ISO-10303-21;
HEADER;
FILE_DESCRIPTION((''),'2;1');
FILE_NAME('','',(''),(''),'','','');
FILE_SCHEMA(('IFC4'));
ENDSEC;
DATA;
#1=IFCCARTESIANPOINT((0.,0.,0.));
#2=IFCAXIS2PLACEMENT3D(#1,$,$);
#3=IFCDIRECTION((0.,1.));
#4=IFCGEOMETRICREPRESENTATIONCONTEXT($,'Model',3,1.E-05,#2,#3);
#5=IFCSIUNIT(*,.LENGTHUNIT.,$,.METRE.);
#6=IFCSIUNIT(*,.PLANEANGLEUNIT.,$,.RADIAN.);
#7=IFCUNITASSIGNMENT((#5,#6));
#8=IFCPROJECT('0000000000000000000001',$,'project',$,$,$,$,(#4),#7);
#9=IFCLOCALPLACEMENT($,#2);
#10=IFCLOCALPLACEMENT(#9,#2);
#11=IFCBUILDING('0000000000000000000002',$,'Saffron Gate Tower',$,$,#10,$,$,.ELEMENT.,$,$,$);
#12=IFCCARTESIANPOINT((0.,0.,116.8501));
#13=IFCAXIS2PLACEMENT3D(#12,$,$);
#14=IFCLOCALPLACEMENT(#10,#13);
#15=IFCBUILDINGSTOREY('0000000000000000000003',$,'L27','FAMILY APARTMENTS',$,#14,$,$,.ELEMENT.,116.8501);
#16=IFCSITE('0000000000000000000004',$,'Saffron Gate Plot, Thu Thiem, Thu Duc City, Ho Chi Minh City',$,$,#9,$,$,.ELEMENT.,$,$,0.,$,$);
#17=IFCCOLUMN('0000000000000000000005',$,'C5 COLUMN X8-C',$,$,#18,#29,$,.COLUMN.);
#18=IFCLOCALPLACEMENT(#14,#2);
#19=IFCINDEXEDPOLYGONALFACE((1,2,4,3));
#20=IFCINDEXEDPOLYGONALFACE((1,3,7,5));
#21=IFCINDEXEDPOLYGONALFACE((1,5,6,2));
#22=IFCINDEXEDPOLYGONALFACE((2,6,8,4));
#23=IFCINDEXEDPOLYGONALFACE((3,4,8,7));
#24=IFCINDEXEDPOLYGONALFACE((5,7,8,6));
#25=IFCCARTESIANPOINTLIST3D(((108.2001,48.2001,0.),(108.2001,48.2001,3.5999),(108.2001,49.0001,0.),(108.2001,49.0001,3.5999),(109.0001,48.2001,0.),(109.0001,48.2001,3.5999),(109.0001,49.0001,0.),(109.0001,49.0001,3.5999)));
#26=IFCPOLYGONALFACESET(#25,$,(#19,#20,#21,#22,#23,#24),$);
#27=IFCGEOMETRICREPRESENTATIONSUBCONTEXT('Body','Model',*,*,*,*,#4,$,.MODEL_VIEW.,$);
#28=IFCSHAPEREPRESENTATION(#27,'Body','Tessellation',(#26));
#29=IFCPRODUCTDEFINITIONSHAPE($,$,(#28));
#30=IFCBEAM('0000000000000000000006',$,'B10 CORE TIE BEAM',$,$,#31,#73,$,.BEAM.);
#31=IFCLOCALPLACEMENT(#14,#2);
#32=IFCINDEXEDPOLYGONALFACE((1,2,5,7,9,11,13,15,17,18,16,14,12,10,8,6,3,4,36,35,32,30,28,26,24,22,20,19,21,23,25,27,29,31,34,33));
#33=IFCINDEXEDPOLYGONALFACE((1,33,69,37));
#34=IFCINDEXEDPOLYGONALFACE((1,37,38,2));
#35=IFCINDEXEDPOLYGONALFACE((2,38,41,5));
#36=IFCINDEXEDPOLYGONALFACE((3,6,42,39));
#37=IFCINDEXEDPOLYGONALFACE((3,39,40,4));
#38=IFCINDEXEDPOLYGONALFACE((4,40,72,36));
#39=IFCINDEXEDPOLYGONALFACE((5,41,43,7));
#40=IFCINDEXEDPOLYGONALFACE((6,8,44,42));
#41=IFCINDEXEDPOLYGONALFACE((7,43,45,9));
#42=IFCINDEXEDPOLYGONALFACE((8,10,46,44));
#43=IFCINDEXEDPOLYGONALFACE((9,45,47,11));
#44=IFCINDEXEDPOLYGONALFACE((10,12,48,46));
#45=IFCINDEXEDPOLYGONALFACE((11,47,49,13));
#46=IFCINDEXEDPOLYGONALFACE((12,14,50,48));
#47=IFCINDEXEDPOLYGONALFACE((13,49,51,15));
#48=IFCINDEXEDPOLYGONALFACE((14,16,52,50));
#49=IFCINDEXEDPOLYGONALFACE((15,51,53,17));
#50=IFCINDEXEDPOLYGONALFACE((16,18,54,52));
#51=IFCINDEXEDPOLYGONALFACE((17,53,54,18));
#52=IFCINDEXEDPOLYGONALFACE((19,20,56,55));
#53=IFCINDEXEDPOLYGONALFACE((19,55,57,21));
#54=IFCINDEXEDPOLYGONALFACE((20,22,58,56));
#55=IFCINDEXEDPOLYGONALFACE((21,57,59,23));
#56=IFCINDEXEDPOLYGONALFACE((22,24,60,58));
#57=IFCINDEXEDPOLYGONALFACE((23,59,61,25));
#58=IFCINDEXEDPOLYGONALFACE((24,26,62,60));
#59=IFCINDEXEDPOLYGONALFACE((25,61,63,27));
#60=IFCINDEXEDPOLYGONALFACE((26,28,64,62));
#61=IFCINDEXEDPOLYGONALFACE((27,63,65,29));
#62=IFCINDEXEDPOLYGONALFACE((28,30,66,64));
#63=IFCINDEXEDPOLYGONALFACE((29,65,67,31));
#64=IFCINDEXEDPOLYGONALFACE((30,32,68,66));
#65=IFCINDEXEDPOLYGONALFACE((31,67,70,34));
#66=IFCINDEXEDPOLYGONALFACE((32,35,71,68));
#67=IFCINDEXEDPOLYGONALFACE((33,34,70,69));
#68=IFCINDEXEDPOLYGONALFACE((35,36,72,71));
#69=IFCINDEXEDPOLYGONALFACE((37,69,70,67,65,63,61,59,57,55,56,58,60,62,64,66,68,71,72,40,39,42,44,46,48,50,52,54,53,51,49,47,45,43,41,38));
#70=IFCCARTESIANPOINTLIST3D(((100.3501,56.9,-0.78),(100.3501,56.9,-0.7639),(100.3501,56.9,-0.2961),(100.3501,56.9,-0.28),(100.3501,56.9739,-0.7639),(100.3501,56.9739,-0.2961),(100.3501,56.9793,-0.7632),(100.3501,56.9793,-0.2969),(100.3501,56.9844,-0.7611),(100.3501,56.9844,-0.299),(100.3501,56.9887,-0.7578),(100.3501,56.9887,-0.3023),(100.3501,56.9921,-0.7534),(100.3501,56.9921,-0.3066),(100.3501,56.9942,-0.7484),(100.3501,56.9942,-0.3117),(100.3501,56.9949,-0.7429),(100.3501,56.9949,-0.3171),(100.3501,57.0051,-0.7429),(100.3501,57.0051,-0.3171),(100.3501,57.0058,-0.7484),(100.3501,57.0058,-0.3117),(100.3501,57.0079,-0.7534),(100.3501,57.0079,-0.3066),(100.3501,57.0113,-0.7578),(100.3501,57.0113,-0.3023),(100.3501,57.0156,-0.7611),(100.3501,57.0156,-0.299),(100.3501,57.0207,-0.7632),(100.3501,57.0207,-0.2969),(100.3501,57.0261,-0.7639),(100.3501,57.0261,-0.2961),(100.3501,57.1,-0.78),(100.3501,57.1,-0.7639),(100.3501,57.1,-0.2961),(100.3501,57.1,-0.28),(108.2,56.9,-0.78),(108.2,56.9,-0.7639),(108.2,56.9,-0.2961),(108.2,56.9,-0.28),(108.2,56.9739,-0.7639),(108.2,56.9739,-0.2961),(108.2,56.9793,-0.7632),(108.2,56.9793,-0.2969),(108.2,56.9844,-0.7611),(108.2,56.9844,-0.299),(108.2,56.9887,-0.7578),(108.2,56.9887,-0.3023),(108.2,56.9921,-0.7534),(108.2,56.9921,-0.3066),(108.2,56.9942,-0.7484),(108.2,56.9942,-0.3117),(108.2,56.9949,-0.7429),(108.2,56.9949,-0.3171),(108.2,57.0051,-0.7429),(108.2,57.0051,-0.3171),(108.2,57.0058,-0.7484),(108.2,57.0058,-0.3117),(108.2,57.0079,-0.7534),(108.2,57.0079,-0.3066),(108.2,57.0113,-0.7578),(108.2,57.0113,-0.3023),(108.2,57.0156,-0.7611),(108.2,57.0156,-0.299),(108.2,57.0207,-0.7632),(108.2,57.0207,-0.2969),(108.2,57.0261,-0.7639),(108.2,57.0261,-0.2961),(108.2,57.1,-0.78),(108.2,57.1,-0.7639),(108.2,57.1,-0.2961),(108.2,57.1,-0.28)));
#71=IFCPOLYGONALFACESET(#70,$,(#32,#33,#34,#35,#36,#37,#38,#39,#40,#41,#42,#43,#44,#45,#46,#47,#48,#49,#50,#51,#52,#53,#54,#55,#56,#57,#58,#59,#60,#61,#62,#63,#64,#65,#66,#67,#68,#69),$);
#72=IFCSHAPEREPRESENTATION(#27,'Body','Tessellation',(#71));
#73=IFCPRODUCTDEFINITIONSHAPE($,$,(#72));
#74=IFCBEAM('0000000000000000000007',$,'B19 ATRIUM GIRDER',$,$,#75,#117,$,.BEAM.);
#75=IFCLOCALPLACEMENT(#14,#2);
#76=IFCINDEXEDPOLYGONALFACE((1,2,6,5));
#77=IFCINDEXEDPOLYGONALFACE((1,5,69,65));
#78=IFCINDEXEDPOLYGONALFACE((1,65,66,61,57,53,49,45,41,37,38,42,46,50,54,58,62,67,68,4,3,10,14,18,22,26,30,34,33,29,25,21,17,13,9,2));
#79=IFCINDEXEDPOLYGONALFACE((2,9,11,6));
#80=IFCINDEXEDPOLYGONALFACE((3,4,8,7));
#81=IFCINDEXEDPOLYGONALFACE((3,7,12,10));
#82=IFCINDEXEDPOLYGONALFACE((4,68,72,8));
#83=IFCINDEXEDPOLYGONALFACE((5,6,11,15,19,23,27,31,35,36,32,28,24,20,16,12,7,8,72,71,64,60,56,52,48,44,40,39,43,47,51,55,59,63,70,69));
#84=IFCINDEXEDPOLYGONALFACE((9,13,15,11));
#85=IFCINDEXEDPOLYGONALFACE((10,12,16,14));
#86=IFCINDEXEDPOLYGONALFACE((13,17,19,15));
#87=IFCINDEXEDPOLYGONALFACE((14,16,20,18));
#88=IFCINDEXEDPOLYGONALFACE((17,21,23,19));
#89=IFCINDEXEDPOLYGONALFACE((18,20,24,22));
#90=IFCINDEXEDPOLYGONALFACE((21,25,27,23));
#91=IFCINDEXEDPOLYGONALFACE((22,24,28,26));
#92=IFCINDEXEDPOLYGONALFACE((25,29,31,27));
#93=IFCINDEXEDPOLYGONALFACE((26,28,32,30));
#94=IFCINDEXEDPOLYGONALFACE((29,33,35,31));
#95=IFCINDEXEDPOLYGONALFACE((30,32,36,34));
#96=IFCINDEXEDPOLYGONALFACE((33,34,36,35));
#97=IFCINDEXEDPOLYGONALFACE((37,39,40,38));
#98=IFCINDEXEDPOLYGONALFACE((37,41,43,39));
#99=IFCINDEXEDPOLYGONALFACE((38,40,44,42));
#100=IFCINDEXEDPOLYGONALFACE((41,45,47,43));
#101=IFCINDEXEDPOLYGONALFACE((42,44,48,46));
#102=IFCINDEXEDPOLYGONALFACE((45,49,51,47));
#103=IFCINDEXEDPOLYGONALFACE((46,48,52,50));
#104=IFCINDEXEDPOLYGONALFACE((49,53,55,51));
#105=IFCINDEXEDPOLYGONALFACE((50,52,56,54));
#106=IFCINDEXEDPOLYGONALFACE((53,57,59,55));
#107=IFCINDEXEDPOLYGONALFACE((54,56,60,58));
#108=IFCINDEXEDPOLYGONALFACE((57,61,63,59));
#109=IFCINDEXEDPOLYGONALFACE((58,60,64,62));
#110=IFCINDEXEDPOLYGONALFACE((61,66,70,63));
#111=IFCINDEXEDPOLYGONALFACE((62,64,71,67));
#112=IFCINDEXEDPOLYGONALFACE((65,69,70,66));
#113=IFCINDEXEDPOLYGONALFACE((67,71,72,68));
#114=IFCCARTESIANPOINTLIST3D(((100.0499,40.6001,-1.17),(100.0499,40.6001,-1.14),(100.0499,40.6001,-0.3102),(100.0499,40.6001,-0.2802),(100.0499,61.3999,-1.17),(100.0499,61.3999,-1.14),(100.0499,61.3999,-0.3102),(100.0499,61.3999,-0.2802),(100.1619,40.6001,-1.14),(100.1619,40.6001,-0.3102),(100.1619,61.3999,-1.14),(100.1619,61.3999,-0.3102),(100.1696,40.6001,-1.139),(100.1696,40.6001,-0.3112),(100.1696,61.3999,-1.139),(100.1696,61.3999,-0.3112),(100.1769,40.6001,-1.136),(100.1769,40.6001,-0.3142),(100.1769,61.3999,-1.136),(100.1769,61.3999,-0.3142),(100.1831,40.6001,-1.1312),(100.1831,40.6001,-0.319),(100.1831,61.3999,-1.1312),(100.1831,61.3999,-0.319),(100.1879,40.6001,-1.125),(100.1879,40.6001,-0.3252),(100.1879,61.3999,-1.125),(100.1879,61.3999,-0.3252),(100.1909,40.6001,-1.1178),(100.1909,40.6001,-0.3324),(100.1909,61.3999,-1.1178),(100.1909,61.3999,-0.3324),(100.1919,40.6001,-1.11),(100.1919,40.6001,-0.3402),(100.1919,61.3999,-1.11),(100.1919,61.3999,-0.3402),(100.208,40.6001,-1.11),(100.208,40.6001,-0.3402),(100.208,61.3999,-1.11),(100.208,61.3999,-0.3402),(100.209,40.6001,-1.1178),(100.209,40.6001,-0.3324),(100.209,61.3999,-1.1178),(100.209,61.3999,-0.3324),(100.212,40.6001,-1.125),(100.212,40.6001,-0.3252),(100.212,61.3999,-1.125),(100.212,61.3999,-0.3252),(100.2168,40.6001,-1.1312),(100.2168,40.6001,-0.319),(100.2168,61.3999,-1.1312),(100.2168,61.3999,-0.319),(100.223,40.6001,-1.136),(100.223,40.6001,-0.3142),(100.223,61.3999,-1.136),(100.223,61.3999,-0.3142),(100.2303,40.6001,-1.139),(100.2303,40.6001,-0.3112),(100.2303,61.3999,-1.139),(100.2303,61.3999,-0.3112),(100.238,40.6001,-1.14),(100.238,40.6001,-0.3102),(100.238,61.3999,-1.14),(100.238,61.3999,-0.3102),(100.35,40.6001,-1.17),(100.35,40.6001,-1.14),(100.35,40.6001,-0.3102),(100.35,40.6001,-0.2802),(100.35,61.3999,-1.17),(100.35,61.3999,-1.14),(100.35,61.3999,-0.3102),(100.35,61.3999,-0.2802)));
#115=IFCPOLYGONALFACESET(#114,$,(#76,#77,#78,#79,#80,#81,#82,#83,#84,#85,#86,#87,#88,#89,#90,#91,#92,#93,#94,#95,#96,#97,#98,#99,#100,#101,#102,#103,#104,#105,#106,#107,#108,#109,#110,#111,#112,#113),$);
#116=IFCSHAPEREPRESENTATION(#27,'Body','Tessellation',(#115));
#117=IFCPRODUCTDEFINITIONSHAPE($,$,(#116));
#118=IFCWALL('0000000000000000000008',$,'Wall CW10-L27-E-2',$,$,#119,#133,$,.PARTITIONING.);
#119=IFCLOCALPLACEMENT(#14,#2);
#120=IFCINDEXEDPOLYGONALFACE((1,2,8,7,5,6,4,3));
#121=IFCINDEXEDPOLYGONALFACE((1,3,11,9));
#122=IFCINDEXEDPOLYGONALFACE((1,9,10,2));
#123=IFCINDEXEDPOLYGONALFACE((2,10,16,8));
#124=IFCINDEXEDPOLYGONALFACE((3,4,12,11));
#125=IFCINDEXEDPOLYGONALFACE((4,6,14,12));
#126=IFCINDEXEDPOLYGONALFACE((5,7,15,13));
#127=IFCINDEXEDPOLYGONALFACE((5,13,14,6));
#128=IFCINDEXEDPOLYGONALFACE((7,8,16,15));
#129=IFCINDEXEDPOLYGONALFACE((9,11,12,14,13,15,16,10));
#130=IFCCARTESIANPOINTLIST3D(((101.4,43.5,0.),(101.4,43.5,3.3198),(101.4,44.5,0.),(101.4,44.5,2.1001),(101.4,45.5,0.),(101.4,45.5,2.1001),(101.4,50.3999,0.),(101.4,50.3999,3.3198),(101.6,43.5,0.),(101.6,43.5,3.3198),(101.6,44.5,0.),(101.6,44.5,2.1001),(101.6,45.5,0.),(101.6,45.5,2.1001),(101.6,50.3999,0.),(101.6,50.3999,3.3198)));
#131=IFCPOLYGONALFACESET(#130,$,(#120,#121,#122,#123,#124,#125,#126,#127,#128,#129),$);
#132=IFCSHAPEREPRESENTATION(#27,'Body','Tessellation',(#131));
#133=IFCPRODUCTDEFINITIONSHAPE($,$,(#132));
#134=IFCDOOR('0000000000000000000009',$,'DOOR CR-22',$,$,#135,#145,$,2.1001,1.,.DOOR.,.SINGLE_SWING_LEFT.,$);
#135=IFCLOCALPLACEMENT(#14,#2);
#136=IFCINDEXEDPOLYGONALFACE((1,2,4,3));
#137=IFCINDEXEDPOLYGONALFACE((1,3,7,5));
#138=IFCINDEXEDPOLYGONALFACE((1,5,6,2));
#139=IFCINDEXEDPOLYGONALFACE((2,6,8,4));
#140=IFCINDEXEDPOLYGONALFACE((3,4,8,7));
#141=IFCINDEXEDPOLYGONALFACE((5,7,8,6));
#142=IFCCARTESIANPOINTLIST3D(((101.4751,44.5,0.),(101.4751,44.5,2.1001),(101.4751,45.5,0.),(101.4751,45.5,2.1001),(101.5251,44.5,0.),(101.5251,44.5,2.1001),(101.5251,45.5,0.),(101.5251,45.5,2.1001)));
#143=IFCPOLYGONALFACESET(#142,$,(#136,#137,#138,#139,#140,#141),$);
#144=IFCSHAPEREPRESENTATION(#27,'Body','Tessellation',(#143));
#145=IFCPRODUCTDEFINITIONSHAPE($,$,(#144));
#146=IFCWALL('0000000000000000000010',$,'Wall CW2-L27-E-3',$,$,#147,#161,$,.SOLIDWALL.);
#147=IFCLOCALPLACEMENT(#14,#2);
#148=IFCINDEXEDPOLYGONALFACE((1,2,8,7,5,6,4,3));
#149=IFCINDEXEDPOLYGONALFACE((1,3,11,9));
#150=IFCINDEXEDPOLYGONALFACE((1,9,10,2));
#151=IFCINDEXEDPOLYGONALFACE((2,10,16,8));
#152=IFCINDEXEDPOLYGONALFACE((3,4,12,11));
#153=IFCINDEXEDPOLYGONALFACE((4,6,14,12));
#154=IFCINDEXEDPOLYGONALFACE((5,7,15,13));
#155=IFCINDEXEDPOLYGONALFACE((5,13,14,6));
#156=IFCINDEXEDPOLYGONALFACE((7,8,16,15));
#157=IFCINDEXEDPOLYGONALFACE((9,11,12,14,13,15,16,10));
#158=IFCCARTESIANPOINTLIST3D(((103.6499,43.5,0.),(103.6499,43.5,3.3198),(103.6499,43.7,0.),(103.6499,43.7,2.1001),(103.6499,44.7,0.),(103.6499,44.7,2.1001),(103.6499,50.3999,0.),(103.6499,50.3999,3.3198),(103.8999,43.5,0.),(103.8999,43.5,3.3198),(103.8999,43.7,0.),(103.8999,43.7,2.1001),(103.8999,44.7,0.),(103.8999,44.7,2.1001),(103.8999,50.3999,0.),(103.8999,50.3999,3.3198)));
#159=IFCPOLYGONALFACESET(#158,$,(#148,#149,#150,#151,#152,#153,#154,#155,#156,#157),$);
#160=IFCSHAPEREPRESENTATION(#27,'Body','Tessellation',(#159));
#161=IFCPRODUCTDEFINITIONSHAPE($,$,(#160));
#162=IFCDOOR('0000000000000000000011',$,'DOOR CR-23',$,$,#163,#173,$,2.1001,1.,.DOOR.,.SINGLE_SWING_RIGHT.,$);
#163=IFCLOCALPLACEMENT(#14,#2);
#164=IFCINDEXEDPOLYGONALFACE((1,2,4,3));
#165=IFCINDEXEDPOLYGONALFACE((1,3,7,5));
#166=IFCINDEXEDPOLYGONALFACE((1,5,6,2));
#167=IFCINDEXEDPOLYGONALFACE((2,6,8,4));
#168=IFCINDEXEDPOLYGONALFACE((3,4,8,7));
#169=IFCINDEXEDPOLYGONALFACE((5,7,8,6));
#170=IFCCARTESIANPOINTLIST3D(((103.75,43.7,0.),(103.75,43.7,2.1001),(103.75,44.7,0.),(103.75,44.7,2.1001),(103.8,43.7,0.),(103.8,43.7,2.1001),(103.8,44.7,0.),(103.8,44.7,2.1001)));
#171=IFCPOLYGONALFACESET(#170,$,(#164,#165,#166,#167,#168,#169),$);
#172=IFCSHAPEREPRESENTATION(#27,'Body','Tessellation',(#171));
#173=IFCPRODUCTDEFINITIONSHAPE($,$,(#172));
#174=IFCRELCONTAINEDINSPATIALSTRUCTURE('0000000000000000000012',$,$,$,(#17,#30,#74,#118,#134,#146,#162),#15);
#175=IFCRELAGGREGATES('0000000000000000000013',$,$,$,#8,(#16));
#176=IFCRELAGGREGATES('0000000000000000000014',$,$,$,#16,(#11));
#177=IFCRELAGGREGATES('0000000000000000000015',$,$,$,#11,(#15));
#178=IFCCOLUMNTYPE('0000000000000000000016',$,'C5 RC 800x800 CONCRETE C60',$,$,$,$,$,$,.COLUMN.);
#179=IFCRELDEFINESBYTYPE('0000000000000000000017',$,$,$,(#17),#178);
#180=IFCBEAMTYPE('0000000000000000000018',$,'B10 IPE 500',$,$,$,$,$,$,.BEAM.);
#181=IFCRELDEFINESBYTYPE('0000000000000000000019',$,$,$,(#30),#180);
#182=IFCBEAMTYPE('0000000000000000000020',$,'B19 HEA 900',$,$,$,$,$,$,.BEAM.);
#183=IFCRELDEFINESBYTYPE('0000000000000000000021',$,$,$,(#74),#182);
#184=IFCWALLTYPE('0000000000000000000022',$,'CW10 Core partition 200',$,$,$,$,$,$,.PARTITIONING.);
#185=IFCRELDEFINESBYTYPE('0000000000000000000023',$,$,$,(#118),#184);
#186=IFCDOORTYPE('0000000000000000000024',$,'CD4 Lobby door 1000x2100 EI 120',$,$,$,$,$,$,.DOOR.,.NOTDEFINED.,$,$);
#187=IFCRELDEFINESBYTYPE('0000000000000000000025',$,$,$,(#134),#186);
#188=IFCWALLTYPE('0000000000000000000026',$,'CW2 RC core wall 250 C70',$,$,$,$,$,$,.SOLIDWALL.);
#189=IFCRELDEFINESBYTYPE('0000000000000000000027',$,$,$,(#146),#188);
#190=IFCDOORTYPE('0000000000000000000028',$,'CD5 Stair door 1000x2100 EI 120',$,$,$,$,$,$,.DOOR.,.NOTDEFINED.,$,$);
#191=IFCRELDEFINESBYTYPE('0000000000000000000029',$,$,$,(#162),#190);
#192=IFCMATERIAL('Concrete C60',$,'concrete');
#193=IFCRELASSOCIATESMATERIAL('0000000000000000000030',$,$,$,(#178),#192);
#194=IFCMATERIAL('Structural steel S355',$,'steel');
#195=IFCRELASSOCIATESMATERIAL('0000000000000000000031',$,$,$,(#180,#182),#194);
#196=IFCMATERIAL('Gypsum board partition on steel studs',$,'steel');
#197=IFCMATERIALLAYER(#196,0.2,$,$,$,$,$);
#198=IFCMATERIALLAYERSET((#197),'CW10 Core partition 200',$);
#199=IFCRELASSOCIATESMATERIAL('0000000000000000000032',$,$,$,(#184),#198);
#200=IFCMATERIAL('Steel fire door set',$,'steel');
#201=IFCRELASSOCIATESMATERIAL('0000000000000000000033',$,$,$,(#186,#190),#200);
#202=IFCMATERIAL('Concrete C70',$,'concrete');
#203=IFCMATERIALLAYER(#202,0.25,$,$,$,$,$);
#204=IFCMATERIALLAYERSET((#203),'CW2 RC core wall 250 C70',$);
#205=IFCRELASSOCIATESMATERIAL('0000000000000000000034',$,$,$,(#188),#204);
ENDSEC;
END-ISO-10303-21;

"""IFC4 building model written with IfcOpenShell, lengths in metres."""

from ifc_helpers import new_model, si_unit, direction, frame, frame_2d, origin, origin_2d, place, context, subcontext, project, spatial, rectangle, i_section, extrude, material, layer, layer_set, material_profile, profile_set, type_object, element, fill, save


model = new_model("IFC4")

# Units and contexts
model_context = context("Model", 3, precision=1e-05, world=origin(), true_north=direction((0.0, 1.0)))
body_context = subcontext(model_context, "Body", "Model", "MODEL_VIEW")
ifc_project = project(units=[si_unit("LENGTHUNIT", "METRE"), si_unit("PLANEANGLEUNIT", "RADIAN")], contexts=[model_context])

# Site, building, storey
site_placement = place(None, origin())
site = spatial("IfcSite", under=ifc_project, at=site_placement, Name="Saffron Gate Plot, Thu Thiem, Thu Duc City, Ho Chi Minh City", CompositionType="ELEMENT", RefElevation=0.0)
building_placement = place(site_placement, origin())
building = spatial("IfcBuilding", under=site, at=building_placement, Name="Saffron Gate Tower", CompositionType="ELEMENT")
storey_placement = place(building_placement, frame((0.0, 0.0, 116.8501)))
storey = spatial("IfcBuildingStorey", under=building, at=storey_placement, Name="L27", Description="FAMILY APARTMENTS", CompositionType="ELEMENT", Elevation=116.8501)

# Column
ifc_material_1 = material(Name="Concrete C60", Category="concrete")
ifc_material_profile_1 = material_profile(ifc_material_1, rectangle(XDim=0.8, YDim=0.8, at=origin_2d()))
ifc_profile_set_1 = profile_set([ifc_material_profile_1], Name="Concrete C60")
column_type = type_object("IfcColumnType", Name="C5 RC 800x800 CONCRETE C60", PredefinedType="COLUMN", material=ifc_profile_set_1)
column_placement = place(storey_placement, frame((108.6001, 48.6001, 0.0), z_axis=(0.0, 0.0, 1.0), x_axis=(1.0, 0.0, 0.0)))
element("IfcColumn", 1, at=column_placement, inside=storey, type_object=column_type, Name="C5 COLUMN X8-C", PredefinedType="COLUMN", context=body_context, shape_type="SweptSolid", body=[
    extrude(rectangle(XDim=0.8, YDim=0.8, at=origin_2d()), origin(), (0.0, 0.0, 1.0), 3.5999),
])

# Beams
ifc_material_2 = material(Name="Structural steel S355", Category="steel")
ifc_material_profile_2 = material_profile(ifc_material_2, i_section(OverallWidth=0.2, OverallDepth=0.5, WebThickness=0.0103, FlangeThickness=0.0161, FilletRadius=0.021, at=origin_2d()))
ifc_profile_set_2 = profile_set([ifc_material_profile_2], Name="Structural steel S355")
beam_type_1 = type_object("IfcBeamType", Name="B10 IPE 500", PredefinedType="BEAM", material=ifc_profile_set_2)
beam_1_placement = place(storey_placement, frame((108.2, 57.0, -0.53), z_axis=(-1.0, 0.0, 0.0), x_axis=(0.0, -1.0, 0.0)))
element("IfcBeam", 2, at=beam_1_placement, inside=storey, type_object=beam_type_1, Name="B10 CORE TIE BEAM", PredefinedType="BEAM", context=body_context, shape_type="SweptSolid", body=[
    extrude(i_section(OverallWidth=0.2, OverallDepth=0.5, WebThickness=0.0103, FlangeThickness=0.0161, FilletRadius=0.021, at=origin_2d()), origin(), (0.0, 0.0, 1.0), 7.8499),
])
ifc_material_profile_3 = material_profile(ifc_material_2, i_section(OverallWidth=0.3, OverallDepth=0.8899, WebThickness=0.0161, FlangeThickness=0.03, FilletRadius=0.03, at=origin_2d()))
ifc_profile_set_3 = profile_set([ifc_material_profile_3], Name="Structural steel S355")
beam_type_2 = type_object("IfcBeamType", Name="B19 HEA 900", PredefinedType="BEAM", material=ifc_profile_set_3)
beam_2_placement = place(storey_placement, frame((100.2, 40.6001, -0.7251), z_axis=(0.0, 1.0, 0.0), x_axis=(-1.0, 0.0, 0.0)))
element("IfcBeam", 3, at=beam_2_placement, inside=storey, type_object=beam_type_2, Name="B19 ATRIUM GIRDER", PredefinedType="BEAM", context=body_context, shape_type="SweptSolid", body=[
    extrude(i_section(OverallWidth=0.3, OverallDepth=0.8899, WebThickness=0.0161, FlangeThickness=0.03, FilletRadius=0.03, at=origin_2d()), origin(), (0.0, 0.0, 1.0), 20.7998),
])

# Walls, openings, doors
ifc_material_3 = material(Name="Gypsum board partition on steel studs", Category="steel")
ifc_layer_1 = layer(ifc_material_3, 0.2)
ifc_layer_set_1 = layer_set([ifc_layer_1], Name="CW10 Core partition 200")
wall_type_1 = type_object("IfcWallType", Name="CW10 Core partition 200", PredefinedType="PARTITIONING", material=ifc_layer_set_1)
wall_1_placement = place(storey_placement, frame((101.5, 43.5, 0.0), z_axis=(0.0, 0.0, 1.0), x_axis=(0.0, 1.0, 0.0)))
wall_1 = element("IfcWall", 4, at=wall_1_placement, inside=storey, type_object=wall_type_1, Name="Wall CW10-L27-E-2", PredefinedType="PARTITIONING", context=body_context, shape_type="SweptSolid", body=[
    extrude(rectangle(XDim=6.8999, YDim=0.2, at=frame_2d((3.45, 0.0))), origin(), (0.0, 0.0, 1.0), 3.3198),
])
opening_1_placement = place(wall_1_placement, frame((1.0, 0.0, 0.0)))
opening_1 = element("IfcOpeningElement", 5, at=opening_1_placement, cuts=wall_1, PredefinedType="OPENING", context=body_context, shape_type="SweptSolid", body=[
    extrude(rectangle(XDim=1.0, YDim=2.1001, at=frame_2d((0.5, 1.05))), frame((0.0, 0.1099, 0.0), z_axis=(0.0, -1.0, 0.0), x_axis=(1.0, 0.0, 0.0)), (0.0, 0.0, 1.0), 0.22),
])
ifc_material_4 = material(Name="Steel fire door set", Category="steel")
door_type_1 = type_object("IfcDoorType", Name="CD4 Lobby door 1000x2100 EI 120", OperationType="NOTDEFINED", PredefinedType="DOOR", material=ifc_material_4)
door_1_placement = place(opening_1_placement, origin())
door_1 = element("IfcDoor", 6, at=door_1_placement, inside=storey, type_object=door_type_1, Name="DOOR CR-22", OperationType="SINGLE_SWING_LEFT", OverallHeight=2.1001, OverallWidth=1.0, PredefinedType="DOOR", context=body_context, shape_type="SweptSolid", body=[
    extrude(rectangle(XDim=1.0, YDim=2.1001, at=frame_2d((0.5, 1.05))), frame((0.0, 0.0249, 0.0), z_axis=(0.0, -1.0, 0.0), x_axis=(1.0, 0.0, 0.0)), (0.0, 0.0, 1.0), 0.05),
])
fill(opening_1, door_1)
ifc_material_5 = material(Name="Concrete C70", Category="concrete")
ifc_layer_2 = layer(ifc_material_5, 0.25)
ifc_layer_set_2 = layer_set([ifc_layer_2], Name="CW2 RC core wall 250 C70")
wall_type_2 = type_object("IfcWallType", Name="CW2 RC core wall 250 C70", PredefinedType="SOLIDWALL", material=ifc_layer_set_2)
wall_2_placement = place(storey_placement, frame((103.7749, 43.5, 0.0), z_axis=(0.0, 0.0, 1.0), x_axis=(0.0, 1.0, 0.0)))
wall_2 = element("IfcWall", 7, at=wall_2_placement, inside=storey, type_object=wall_type_2, Name="Wall CW2-L27-E-3", PredefinedType="SOLIDWALL", context=body_context, shape_type="SweptSolid", body=[
    extrude(rectangle(XDim=6.8999, YDim=0.25, at=frame_2d((3.45, 0.0))), origin(), (0.0, 0.0, 1.0), 3.3198),
])
opening_2_placement = place(wall_2_placement, frame((0.2, 0.0, 0.0)))
opening_2 = element("IfcOpeningElement", 8, at=opening_2_placement, cuts=wall_2, PredefinedType="OPENING", context=body_context, shape_type="SweptSolid", body=[
    extrude(rectangle(XDim=1.0, YDim=2.1001, at=frame_2d((0.5, 1.05))), frame((0.0, 0.135, 0.0), z_axis=(0.0, -1.0, 0.0), x_axis=(1.0, 0.0, 0.0)), (0.0, 0.0, 1.0), 0.27),
])
door_type_2 = type_object("IfcDoorType", Name="CD5 Stair door 1000x2100 EI 120", OperationType="NOTDEFINED", PredefinedType="DOOR", material=ifc_material_4)
door_2_placement = place(opening_2_placement, origin())
door_2 = element("IfcDoor", 9, at=door_2_placement, inside=storey, type_object=door_type_2, Name="DOOR CR-23", OperationType="SINGLE_SWING_RIGHT", OverallHeight=2.1001, OverallWidth=1.0, PredefinedType="DOOR", context=body_context, shape_type="SweptSolid", body=[
    extrude(rectangle(XDim=1.0, YDim=2.1001, at=frame_2d((0.5, 1.05))), frame((0.0, 0.0249, 0.0), z_axis=(0.0, -1.0, 0.0), x_axis=(1.0, 0.0, 0.0)), (0.0, 0.0, 1.0), 0.05),
])
fill(opening_2, door_2)

save(model, "model.ifc")
